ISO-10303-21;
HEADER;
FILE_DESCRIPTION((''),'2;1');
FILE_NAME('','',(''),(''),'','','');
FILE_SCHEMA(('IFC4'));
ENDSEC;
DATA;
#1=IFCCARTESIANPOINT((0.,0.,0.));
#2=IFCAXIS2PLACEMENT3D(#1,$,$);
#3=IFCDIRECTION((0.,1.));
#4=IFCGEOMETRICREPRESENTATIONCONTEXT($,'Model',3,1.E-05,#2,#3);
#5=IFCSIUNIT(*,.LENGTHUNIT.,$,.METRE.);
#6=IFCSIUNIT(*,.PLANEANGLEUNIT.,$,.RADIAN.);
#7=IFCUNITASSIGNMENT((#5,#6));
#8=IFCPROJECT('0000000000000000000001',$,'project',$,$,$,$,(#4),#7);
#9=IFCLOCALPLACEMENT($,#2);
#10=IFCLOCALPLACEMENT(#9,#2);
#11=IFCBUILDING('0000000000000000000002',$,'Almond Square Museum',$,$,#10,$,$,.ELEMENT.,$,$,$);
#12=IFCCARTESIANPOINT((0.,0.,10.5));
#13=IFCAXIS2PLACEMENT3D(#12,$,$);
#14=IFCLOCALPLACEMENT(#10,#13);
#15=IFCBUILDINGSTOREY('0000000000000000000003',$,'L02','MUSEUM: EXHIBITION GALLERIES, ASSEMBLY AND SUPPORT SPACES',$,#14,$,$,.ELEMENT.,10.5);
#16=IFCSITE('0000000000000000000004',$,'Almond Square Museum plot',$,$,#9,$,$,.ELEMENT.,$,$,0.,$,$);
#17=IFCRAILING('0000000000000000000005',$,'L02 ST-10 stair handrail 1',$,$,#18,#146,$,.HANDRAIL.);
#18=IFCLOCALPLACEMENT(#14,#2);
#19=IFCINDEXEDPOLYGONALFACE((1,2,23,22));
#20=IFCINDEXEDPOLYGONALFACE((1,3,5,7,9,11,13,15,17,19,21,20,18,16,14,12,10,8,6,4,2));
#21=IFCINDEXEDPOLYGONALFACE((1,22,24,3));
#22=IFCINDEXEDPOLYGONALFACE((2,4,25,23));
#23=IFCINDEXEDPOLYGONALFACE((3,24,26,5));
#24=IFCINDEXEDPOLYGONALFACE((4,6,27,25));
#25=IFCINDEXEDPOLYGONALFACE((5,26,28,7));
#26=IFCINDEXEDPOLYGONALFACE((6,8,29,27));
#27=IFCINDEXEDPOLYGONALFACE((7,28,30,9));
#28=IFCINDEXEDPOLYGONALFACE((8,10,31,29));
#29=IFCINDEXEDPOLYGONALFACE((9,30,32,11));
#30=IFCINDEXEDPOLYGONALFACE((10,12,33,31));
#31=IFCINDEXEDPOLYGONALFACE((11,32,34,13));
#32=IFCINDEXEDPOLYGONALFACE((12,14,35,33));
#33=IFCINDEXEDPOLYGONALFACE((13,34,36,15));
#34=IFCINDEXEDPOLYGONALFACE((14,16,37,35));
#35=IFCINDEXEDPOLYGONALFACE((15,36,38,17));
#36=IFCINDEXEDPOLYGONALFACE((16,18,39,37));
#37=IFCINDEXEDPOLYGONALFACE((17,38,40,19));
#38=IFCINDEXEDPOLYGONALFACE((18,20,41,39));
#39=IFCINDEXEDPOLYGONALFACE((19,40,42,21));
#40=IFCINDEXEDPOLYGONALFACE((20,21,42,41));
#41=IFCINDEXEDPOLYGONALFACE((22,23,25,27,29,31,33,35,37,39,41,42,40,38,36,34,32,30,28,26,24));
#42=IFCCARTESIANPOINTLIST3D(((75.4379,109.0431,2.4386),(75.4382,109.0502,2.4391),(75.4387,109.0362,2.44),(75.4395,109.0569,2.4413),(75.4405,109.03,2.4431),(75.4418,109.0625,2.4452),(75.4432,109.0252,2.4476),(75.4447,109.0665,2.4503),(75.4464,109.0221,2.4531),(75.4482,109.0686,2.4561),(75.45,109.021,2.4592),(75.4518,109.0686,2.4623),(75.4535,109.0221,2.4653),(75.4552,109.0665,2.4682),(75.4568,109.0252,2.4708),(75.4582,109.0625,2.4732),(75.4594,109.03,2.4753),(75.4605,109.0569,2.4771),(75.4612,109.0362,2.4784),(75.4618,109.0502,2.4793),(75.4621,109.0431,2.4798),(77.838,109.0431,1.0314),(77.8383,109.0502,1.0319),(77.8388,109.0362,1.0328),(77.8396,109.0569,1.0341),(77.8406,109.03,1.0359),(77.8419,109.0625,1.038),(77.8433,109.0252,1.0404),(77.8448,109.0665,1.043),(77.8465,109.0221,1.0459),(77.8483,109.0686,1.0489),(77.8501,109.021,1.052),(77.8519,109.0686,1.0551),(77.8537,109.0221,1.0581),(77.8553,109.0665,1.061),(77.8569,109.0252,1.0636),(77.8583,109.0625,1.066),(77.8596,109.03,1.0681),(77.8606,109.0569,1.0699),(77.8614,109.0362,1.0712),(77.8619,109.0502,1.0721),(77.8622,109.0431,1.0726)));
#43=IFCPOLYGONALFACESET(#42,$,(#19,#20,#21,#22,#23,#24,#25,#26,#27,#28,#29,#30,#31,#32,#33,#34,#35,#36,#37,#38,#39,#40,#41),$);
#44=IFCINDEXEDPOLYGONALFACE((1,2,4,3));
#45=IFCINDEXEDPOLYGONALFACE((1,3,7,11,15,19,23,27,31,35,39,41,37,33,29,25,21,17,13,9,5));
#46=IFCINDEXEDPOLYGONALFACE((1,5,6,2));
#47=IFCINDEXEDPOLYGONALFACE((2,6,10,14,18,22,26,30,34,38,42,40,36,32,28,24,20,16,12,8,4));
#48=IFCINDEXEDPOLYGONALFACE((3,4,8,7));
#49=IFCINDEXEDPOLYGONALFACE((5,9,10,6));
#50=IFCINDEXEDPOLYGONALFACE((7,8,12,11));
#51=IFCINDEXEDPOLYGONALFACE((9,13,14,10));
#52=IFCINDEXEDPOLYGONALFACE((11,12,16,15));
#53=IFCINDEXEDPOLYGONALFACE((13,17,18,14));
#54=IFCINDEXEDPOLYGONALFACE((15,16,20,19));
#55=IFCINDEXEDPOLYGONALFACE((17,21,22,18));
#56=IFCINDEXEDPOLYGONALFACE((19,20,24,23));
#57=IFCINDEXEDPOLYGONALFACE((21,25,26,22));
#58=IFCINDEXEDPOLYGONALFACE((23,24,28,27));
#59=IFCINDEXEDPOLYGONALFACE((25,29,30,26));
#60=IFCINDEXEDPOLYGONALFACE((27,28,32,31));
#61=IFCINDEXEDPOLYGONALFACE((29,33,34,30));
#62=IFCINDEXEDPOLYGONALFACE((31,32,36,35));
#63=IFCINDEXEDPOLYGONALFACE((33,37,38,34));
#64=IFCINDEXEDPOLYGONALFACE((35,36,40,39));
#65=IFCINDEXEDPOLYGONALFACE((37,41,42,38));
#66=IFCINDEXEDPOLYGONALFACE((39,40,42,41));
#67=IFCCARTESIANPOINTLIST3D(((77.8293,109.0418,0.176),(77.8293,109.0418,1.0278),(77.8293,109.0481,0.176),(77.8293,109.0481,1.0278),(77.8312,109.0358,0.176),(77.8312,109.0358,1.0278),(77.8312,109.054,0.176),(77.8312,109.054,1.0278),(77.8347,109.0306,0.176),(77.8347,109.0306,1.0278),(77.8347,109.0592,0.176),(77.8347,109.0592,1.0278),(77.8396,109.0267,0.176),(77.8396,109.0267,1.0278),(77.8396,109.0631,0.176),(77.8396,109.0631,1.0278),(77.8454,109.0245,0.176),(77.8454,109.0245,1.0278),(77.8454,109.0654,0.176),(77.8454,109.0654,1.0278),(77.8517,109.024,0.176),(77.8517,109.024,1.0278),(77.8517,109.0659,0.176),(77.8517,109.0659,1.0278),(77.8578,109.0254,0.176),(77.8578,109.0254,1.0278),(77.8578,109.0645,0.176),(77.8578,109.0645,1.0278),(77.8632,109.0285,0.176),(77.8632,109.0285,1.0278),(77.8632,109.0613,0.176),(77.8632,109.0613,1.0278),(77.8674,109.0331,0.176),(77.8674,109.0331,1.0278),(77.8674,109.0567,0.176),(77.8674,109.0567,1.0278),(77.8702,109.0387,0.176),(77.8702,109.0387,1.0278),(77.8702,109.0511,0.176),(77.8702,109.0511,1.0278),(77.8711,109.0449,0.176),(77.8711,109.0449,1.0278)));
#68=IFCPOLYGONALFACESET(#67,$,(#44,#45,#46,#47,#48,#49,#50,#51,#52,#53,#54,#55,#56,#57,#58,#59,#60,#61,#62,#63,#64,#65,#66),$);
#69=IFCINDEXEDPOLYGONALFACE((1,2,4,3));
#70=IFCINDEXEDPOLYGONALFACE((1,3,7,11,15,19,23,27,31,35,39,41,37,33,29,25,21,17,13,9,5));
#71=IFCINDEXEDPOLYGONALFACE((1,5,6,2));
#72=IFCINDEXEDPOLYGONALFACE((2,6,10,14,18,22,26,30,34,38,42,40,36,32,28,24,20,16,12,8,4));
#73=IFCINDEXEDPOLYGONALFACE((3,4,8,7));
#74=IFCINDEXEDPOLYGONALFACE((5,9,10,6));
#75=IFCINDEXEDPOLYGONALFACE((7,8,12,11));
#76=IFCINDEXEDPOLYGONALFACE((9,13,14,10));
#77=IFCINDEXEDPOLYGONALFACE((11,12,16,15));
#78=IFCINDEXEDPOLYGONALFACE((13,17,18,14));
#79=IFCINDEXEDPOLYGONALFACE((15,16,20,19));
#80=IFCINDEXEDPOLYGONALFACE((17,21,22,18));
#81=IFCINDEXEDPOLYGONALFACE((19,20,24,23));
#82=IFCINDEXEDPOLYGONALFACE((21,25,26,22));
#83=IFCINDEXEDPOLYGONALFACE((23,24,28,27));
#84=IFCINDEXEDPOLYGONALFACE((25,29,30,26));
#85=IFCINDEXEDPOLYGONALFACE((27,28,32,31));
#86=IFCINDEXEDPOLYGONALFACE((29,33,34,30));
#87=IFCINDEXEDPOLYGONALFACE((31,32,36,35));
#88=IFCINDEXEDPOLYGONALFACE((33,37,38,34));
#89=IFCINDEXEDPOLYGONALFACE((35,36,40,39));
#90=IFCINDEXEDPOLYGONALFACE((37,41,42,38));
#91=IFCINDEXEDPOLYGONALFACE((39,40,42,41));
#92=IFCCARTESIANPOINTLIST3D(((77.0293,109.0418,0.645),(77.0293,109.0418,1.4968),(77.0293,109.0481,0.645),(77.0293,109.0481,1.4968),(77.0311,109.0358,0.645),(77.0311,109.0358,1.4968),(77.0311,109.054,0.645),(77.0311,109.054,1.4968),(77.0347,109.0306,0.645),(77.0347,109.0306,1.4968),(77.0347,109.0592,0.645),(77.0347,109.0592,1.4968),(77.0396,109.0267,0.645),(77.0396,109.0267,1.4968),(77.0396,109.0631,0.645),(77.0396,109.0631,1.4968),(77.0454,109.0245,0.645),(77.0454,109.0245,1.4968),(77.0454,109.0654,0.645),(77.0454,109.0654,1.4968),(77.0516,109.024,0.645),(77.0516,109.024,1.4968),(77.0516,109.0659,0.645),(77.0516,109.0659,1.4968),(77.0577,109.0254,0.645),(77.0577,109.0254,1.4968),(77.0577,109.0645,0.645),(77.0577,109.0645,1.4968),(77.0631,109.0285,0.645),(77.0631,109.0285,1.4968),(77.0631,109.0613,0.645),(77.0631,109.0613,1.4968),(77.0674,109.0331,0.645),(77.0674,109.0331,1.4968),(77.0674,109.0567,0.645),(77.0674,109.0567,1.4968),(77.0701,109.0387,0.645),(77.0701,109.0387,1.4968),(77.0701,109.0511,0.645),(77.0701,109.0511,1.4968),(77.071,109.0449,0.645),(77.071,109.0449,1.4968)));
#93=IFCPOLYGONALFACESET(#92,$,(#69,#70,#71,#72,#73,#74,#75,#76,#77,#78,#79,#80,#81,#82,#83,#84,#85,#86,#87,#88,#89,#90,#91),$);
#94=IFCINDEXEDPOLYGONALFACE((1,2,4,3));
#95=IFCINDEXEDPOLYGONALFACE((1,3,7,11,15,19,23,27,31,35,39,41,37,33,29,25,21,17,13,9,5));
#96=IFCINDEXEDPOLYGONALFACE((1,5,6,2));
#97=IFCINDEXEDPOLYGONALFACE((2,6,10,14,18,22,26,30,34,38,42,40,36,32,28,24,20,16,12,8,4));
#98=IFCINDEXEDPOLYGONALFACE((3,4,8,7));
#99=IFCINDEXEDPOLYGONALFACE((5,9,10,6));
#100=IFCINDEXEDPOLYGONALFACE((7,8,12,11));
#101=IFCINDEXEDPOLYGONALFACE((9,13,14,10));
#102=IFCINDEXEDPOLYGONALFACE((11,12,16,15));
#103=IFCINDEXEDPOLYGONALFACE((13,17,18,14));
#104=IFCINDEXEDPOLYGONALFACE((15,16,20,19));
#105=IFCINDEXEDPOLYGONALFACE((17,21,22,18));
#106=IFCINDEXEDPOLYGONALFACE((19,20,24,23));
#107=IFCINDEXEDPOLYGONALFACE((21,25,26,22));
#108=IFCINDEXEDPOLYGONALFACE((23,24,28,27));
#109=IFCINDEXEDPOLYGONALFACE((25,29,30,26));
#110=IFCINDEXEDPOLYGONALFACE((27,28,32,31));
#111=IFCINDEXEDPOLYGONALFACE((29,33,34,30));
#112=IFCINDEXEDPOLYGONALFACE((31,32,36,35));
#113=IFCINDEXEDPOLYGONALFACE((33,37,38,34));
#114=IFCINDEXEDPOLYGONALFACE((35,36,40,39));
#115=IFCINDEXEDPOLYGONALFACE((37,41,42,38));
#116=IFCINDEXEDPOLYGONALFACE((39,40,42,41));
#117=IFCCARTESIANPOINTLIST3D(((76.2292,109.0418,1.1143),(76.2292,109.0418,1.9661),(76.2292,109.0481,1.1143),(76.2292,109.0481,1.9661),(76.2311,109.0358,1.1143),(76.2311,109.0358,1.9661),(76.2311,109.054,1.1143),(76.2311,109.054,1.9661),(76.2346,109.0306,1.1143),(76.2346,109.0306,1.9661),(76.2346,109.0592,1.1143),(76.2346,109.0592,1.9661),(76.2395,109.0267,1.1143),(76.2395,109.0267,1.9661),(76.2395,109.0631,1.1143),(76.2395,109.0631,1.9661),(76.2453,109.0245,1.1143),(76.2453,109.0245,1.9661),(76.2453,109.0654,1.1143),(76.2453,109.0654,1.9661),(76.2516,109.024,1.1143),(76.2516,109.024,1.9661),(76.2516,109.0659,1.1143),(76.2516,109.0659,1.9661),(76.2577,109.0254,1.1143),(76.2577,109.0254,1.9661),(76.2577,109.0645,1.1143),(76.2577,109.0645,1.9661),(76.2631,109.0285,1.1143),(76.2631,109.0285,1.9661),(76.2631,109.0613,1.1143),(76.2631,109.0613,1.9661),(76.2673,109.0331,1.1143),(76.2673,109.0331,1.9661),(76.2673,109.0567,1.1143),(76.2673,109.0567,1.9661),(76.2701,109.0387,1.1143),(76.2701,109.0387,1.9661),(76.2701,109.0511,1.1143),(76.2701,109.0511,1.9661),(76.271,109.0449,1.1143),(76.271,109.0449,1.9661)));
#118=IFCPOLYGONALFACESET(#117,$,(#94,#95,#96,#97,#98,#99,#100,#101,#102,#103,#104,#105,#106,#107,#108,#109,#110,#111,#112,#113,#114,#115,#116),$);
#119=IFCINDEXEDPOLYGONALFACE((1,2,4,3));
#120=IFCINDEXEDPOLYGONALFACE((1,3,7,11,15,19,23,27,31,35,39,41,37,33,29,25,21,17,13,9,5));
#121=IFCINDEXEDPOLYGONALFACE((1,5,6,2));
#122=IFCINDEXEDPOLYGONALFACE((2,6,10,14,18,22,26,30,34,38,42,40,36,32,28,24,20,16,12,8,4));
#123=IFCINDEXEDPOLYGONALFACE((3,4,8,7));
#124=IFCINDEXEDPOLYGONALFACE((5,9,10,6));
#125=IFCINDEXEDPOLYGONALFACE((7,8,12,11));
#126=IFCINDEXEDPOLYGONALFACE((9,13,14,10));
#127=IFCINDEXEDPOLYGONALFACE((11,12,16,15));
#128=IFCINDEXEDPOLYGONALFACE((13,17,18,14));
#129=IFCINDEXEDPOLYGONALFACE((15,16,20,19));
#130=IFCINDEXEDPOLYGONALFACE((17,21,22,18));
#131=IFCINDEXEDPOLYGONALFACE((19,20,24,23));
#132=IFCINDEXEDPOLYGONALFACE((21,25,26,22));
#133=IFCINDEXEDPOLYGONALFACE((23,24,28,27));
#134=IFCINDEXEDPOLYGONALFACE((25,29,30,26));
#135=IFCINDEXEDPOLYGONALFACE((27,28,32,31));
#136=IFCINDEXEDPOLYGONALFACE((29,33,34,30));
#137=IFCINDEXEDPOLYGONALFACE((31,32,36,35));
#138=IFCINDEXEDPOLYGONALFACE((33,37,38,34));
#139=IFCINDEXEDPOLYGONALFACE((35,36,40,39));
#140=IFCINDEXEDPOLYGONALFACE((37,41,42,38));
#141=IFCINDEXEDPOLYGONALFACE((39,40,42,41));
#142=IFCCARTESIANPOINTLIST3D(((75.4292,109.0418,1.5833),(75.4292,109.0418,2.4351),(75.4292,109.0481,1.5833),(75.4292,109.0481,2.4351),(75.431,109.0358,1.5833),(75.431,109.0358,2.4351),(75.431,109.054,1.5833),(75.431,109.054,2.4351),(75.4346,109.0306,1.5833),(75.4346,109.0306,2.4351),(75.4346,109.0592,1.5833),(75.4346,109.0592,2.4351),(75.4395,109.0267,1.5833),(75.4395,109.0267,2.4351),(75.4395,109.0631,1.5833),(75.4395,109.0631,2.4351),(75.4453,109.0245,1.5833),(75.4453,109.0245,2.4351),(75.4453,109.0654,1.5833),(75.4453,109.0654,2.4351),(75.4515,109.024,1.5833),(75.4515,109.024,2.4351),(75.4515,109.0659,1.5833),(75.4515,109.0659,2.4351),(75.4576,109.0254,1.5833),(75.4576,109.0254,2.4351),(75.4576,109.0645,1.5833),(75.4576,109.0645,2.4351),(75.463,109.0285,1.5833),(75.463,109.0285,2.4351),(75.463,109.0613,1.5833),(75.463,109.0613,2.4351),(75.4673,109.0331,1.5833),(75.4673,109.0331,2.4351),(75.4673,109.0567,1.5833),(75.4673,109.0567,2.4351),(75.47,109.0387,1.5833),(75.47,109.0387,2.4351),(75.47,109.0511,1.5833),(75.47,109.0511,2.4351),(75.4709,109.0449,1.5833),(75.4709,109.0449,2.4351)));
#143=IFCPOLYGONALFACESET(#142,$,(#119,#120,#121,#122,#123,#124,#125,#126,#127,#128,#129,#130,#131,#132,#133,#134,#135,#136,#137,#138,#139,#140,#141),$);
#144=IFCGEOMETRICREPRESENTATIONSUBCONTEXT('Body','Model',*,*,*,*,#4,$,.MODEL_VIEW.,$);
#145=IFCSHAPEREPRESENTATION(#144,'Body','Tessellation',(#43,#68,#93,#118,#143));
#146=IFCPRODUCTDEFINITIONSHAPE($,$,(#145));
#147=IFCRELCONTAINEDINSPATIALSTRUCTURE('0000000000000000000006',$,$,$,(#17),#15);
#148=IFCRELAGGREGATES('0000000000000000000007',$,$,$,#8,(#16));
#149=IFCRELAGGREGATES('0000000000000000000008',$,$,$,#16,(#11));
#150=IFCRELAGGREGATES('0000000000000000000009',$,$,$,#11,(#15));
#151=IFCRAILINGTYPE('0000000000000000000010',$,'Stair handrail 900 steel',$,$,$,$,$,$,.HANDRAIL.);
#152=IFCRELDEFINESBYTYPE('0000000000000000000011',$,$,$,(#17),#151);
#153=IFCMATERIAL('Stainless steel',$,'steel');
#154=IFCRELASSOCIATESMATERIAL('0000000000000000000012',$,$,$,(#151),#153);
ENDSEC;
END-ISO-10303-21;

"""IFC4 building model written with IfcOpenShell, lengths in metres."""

from ifc_helpers import new_model, si_unit, direction, frame, origin, origin_2d, place, context, subcontext, project, spatial, circle, extrude, material, type_object, element, save


model = new_model("IFC4")

# Units and contexts
model_context = context("Model", 3, precision=1e-05, world=origin(), true_north=direction((0.0, 1.0)))
body_context = subcontext(model_context, "Body", "Model", "MODEL_VIEW")
ifc_project = project(units=[si_unit("LENGTHUNIT", "METRE"), si_unit("PLANEANGLEUNIT", "RADIAN")], contexts=[model_context])

# Site, building, storey
site_placement = place(None, origin())
site = spatial("IfcSite", under=ifc_project, at=site_placement, Name="Almond Square Museum plot", CompositionType="ELEMENT", RefElevation=0.0)
building_placement = place(site_placement, origin())
building = spatial("IfcBuilding", under=site, at=building_placement, Name="Almond Square Museum", CompositionType="ELEMENT")
storey_placement = place(building_placement, frame((0.0, 0.0, 10.5)))
storey = spatial("IfcBuildingStorey", under=building, at=storey_placement, Name="L02", Description="MUSEUM: EXHIBITION GALLERIES, ASSEMBLY AND SUPPORT SPACES", CompositionType="ELEMENT", Elevation=10.5)

# Railing
ifc_material_1 = material(Name="Stainless steel", Category="steel")
railing_type_1 = type_object("IfcRailingType", Name="Stair handrail 900 steel", PredefinedType="HANDRAIL", material=ifc_material_1)
for number, where, name in (
    (1, (77.8501, 109.0449, 0.176), "L02 ST-10 stair handrail 1"),
):
    element("IfcRailing", number, at=place(storey_placement, frame(where)), inside=storey, type_object=railing_type_1, Name=name, PredefinedType="HANDRAIL", context=body_context, shape_type="SweptSolid", body=[
        extrude(circle(Radius=0.0239, at=origin_2d()), frame((0.0, 0.0, 0.876), z_axis=(-0.86266, 0.0, 0.505785), x_axis=(0.0, -1.0, 0.0)), (0.0, 0.0, 1.0), 2.7822),
        extrude(circle(Radius=0.021, at=origin_2d()), origin(), (0.0, 0.0, 1.0), 0.8518),
        extrude(circle(Radius=0.021, at=origin_2d()), frame((-0.8, 0.0, 0.469)), (0.0, 0.0, 1.0), 0.8518),
        extrude(circle(Radius=0.021, at=origin_2d()), frame((-1.6001, 0.0, 0.9382)), (0.0, 0.0, 1.0), 0.8518),
        extrude(circle(Radius=0.021, at=origin_2d()), frame((-2.4001, 0.0, 1.4072)), (0.0, 0.0, 1.0), 0.8518),
    ])

save(model, "model.ifc")
